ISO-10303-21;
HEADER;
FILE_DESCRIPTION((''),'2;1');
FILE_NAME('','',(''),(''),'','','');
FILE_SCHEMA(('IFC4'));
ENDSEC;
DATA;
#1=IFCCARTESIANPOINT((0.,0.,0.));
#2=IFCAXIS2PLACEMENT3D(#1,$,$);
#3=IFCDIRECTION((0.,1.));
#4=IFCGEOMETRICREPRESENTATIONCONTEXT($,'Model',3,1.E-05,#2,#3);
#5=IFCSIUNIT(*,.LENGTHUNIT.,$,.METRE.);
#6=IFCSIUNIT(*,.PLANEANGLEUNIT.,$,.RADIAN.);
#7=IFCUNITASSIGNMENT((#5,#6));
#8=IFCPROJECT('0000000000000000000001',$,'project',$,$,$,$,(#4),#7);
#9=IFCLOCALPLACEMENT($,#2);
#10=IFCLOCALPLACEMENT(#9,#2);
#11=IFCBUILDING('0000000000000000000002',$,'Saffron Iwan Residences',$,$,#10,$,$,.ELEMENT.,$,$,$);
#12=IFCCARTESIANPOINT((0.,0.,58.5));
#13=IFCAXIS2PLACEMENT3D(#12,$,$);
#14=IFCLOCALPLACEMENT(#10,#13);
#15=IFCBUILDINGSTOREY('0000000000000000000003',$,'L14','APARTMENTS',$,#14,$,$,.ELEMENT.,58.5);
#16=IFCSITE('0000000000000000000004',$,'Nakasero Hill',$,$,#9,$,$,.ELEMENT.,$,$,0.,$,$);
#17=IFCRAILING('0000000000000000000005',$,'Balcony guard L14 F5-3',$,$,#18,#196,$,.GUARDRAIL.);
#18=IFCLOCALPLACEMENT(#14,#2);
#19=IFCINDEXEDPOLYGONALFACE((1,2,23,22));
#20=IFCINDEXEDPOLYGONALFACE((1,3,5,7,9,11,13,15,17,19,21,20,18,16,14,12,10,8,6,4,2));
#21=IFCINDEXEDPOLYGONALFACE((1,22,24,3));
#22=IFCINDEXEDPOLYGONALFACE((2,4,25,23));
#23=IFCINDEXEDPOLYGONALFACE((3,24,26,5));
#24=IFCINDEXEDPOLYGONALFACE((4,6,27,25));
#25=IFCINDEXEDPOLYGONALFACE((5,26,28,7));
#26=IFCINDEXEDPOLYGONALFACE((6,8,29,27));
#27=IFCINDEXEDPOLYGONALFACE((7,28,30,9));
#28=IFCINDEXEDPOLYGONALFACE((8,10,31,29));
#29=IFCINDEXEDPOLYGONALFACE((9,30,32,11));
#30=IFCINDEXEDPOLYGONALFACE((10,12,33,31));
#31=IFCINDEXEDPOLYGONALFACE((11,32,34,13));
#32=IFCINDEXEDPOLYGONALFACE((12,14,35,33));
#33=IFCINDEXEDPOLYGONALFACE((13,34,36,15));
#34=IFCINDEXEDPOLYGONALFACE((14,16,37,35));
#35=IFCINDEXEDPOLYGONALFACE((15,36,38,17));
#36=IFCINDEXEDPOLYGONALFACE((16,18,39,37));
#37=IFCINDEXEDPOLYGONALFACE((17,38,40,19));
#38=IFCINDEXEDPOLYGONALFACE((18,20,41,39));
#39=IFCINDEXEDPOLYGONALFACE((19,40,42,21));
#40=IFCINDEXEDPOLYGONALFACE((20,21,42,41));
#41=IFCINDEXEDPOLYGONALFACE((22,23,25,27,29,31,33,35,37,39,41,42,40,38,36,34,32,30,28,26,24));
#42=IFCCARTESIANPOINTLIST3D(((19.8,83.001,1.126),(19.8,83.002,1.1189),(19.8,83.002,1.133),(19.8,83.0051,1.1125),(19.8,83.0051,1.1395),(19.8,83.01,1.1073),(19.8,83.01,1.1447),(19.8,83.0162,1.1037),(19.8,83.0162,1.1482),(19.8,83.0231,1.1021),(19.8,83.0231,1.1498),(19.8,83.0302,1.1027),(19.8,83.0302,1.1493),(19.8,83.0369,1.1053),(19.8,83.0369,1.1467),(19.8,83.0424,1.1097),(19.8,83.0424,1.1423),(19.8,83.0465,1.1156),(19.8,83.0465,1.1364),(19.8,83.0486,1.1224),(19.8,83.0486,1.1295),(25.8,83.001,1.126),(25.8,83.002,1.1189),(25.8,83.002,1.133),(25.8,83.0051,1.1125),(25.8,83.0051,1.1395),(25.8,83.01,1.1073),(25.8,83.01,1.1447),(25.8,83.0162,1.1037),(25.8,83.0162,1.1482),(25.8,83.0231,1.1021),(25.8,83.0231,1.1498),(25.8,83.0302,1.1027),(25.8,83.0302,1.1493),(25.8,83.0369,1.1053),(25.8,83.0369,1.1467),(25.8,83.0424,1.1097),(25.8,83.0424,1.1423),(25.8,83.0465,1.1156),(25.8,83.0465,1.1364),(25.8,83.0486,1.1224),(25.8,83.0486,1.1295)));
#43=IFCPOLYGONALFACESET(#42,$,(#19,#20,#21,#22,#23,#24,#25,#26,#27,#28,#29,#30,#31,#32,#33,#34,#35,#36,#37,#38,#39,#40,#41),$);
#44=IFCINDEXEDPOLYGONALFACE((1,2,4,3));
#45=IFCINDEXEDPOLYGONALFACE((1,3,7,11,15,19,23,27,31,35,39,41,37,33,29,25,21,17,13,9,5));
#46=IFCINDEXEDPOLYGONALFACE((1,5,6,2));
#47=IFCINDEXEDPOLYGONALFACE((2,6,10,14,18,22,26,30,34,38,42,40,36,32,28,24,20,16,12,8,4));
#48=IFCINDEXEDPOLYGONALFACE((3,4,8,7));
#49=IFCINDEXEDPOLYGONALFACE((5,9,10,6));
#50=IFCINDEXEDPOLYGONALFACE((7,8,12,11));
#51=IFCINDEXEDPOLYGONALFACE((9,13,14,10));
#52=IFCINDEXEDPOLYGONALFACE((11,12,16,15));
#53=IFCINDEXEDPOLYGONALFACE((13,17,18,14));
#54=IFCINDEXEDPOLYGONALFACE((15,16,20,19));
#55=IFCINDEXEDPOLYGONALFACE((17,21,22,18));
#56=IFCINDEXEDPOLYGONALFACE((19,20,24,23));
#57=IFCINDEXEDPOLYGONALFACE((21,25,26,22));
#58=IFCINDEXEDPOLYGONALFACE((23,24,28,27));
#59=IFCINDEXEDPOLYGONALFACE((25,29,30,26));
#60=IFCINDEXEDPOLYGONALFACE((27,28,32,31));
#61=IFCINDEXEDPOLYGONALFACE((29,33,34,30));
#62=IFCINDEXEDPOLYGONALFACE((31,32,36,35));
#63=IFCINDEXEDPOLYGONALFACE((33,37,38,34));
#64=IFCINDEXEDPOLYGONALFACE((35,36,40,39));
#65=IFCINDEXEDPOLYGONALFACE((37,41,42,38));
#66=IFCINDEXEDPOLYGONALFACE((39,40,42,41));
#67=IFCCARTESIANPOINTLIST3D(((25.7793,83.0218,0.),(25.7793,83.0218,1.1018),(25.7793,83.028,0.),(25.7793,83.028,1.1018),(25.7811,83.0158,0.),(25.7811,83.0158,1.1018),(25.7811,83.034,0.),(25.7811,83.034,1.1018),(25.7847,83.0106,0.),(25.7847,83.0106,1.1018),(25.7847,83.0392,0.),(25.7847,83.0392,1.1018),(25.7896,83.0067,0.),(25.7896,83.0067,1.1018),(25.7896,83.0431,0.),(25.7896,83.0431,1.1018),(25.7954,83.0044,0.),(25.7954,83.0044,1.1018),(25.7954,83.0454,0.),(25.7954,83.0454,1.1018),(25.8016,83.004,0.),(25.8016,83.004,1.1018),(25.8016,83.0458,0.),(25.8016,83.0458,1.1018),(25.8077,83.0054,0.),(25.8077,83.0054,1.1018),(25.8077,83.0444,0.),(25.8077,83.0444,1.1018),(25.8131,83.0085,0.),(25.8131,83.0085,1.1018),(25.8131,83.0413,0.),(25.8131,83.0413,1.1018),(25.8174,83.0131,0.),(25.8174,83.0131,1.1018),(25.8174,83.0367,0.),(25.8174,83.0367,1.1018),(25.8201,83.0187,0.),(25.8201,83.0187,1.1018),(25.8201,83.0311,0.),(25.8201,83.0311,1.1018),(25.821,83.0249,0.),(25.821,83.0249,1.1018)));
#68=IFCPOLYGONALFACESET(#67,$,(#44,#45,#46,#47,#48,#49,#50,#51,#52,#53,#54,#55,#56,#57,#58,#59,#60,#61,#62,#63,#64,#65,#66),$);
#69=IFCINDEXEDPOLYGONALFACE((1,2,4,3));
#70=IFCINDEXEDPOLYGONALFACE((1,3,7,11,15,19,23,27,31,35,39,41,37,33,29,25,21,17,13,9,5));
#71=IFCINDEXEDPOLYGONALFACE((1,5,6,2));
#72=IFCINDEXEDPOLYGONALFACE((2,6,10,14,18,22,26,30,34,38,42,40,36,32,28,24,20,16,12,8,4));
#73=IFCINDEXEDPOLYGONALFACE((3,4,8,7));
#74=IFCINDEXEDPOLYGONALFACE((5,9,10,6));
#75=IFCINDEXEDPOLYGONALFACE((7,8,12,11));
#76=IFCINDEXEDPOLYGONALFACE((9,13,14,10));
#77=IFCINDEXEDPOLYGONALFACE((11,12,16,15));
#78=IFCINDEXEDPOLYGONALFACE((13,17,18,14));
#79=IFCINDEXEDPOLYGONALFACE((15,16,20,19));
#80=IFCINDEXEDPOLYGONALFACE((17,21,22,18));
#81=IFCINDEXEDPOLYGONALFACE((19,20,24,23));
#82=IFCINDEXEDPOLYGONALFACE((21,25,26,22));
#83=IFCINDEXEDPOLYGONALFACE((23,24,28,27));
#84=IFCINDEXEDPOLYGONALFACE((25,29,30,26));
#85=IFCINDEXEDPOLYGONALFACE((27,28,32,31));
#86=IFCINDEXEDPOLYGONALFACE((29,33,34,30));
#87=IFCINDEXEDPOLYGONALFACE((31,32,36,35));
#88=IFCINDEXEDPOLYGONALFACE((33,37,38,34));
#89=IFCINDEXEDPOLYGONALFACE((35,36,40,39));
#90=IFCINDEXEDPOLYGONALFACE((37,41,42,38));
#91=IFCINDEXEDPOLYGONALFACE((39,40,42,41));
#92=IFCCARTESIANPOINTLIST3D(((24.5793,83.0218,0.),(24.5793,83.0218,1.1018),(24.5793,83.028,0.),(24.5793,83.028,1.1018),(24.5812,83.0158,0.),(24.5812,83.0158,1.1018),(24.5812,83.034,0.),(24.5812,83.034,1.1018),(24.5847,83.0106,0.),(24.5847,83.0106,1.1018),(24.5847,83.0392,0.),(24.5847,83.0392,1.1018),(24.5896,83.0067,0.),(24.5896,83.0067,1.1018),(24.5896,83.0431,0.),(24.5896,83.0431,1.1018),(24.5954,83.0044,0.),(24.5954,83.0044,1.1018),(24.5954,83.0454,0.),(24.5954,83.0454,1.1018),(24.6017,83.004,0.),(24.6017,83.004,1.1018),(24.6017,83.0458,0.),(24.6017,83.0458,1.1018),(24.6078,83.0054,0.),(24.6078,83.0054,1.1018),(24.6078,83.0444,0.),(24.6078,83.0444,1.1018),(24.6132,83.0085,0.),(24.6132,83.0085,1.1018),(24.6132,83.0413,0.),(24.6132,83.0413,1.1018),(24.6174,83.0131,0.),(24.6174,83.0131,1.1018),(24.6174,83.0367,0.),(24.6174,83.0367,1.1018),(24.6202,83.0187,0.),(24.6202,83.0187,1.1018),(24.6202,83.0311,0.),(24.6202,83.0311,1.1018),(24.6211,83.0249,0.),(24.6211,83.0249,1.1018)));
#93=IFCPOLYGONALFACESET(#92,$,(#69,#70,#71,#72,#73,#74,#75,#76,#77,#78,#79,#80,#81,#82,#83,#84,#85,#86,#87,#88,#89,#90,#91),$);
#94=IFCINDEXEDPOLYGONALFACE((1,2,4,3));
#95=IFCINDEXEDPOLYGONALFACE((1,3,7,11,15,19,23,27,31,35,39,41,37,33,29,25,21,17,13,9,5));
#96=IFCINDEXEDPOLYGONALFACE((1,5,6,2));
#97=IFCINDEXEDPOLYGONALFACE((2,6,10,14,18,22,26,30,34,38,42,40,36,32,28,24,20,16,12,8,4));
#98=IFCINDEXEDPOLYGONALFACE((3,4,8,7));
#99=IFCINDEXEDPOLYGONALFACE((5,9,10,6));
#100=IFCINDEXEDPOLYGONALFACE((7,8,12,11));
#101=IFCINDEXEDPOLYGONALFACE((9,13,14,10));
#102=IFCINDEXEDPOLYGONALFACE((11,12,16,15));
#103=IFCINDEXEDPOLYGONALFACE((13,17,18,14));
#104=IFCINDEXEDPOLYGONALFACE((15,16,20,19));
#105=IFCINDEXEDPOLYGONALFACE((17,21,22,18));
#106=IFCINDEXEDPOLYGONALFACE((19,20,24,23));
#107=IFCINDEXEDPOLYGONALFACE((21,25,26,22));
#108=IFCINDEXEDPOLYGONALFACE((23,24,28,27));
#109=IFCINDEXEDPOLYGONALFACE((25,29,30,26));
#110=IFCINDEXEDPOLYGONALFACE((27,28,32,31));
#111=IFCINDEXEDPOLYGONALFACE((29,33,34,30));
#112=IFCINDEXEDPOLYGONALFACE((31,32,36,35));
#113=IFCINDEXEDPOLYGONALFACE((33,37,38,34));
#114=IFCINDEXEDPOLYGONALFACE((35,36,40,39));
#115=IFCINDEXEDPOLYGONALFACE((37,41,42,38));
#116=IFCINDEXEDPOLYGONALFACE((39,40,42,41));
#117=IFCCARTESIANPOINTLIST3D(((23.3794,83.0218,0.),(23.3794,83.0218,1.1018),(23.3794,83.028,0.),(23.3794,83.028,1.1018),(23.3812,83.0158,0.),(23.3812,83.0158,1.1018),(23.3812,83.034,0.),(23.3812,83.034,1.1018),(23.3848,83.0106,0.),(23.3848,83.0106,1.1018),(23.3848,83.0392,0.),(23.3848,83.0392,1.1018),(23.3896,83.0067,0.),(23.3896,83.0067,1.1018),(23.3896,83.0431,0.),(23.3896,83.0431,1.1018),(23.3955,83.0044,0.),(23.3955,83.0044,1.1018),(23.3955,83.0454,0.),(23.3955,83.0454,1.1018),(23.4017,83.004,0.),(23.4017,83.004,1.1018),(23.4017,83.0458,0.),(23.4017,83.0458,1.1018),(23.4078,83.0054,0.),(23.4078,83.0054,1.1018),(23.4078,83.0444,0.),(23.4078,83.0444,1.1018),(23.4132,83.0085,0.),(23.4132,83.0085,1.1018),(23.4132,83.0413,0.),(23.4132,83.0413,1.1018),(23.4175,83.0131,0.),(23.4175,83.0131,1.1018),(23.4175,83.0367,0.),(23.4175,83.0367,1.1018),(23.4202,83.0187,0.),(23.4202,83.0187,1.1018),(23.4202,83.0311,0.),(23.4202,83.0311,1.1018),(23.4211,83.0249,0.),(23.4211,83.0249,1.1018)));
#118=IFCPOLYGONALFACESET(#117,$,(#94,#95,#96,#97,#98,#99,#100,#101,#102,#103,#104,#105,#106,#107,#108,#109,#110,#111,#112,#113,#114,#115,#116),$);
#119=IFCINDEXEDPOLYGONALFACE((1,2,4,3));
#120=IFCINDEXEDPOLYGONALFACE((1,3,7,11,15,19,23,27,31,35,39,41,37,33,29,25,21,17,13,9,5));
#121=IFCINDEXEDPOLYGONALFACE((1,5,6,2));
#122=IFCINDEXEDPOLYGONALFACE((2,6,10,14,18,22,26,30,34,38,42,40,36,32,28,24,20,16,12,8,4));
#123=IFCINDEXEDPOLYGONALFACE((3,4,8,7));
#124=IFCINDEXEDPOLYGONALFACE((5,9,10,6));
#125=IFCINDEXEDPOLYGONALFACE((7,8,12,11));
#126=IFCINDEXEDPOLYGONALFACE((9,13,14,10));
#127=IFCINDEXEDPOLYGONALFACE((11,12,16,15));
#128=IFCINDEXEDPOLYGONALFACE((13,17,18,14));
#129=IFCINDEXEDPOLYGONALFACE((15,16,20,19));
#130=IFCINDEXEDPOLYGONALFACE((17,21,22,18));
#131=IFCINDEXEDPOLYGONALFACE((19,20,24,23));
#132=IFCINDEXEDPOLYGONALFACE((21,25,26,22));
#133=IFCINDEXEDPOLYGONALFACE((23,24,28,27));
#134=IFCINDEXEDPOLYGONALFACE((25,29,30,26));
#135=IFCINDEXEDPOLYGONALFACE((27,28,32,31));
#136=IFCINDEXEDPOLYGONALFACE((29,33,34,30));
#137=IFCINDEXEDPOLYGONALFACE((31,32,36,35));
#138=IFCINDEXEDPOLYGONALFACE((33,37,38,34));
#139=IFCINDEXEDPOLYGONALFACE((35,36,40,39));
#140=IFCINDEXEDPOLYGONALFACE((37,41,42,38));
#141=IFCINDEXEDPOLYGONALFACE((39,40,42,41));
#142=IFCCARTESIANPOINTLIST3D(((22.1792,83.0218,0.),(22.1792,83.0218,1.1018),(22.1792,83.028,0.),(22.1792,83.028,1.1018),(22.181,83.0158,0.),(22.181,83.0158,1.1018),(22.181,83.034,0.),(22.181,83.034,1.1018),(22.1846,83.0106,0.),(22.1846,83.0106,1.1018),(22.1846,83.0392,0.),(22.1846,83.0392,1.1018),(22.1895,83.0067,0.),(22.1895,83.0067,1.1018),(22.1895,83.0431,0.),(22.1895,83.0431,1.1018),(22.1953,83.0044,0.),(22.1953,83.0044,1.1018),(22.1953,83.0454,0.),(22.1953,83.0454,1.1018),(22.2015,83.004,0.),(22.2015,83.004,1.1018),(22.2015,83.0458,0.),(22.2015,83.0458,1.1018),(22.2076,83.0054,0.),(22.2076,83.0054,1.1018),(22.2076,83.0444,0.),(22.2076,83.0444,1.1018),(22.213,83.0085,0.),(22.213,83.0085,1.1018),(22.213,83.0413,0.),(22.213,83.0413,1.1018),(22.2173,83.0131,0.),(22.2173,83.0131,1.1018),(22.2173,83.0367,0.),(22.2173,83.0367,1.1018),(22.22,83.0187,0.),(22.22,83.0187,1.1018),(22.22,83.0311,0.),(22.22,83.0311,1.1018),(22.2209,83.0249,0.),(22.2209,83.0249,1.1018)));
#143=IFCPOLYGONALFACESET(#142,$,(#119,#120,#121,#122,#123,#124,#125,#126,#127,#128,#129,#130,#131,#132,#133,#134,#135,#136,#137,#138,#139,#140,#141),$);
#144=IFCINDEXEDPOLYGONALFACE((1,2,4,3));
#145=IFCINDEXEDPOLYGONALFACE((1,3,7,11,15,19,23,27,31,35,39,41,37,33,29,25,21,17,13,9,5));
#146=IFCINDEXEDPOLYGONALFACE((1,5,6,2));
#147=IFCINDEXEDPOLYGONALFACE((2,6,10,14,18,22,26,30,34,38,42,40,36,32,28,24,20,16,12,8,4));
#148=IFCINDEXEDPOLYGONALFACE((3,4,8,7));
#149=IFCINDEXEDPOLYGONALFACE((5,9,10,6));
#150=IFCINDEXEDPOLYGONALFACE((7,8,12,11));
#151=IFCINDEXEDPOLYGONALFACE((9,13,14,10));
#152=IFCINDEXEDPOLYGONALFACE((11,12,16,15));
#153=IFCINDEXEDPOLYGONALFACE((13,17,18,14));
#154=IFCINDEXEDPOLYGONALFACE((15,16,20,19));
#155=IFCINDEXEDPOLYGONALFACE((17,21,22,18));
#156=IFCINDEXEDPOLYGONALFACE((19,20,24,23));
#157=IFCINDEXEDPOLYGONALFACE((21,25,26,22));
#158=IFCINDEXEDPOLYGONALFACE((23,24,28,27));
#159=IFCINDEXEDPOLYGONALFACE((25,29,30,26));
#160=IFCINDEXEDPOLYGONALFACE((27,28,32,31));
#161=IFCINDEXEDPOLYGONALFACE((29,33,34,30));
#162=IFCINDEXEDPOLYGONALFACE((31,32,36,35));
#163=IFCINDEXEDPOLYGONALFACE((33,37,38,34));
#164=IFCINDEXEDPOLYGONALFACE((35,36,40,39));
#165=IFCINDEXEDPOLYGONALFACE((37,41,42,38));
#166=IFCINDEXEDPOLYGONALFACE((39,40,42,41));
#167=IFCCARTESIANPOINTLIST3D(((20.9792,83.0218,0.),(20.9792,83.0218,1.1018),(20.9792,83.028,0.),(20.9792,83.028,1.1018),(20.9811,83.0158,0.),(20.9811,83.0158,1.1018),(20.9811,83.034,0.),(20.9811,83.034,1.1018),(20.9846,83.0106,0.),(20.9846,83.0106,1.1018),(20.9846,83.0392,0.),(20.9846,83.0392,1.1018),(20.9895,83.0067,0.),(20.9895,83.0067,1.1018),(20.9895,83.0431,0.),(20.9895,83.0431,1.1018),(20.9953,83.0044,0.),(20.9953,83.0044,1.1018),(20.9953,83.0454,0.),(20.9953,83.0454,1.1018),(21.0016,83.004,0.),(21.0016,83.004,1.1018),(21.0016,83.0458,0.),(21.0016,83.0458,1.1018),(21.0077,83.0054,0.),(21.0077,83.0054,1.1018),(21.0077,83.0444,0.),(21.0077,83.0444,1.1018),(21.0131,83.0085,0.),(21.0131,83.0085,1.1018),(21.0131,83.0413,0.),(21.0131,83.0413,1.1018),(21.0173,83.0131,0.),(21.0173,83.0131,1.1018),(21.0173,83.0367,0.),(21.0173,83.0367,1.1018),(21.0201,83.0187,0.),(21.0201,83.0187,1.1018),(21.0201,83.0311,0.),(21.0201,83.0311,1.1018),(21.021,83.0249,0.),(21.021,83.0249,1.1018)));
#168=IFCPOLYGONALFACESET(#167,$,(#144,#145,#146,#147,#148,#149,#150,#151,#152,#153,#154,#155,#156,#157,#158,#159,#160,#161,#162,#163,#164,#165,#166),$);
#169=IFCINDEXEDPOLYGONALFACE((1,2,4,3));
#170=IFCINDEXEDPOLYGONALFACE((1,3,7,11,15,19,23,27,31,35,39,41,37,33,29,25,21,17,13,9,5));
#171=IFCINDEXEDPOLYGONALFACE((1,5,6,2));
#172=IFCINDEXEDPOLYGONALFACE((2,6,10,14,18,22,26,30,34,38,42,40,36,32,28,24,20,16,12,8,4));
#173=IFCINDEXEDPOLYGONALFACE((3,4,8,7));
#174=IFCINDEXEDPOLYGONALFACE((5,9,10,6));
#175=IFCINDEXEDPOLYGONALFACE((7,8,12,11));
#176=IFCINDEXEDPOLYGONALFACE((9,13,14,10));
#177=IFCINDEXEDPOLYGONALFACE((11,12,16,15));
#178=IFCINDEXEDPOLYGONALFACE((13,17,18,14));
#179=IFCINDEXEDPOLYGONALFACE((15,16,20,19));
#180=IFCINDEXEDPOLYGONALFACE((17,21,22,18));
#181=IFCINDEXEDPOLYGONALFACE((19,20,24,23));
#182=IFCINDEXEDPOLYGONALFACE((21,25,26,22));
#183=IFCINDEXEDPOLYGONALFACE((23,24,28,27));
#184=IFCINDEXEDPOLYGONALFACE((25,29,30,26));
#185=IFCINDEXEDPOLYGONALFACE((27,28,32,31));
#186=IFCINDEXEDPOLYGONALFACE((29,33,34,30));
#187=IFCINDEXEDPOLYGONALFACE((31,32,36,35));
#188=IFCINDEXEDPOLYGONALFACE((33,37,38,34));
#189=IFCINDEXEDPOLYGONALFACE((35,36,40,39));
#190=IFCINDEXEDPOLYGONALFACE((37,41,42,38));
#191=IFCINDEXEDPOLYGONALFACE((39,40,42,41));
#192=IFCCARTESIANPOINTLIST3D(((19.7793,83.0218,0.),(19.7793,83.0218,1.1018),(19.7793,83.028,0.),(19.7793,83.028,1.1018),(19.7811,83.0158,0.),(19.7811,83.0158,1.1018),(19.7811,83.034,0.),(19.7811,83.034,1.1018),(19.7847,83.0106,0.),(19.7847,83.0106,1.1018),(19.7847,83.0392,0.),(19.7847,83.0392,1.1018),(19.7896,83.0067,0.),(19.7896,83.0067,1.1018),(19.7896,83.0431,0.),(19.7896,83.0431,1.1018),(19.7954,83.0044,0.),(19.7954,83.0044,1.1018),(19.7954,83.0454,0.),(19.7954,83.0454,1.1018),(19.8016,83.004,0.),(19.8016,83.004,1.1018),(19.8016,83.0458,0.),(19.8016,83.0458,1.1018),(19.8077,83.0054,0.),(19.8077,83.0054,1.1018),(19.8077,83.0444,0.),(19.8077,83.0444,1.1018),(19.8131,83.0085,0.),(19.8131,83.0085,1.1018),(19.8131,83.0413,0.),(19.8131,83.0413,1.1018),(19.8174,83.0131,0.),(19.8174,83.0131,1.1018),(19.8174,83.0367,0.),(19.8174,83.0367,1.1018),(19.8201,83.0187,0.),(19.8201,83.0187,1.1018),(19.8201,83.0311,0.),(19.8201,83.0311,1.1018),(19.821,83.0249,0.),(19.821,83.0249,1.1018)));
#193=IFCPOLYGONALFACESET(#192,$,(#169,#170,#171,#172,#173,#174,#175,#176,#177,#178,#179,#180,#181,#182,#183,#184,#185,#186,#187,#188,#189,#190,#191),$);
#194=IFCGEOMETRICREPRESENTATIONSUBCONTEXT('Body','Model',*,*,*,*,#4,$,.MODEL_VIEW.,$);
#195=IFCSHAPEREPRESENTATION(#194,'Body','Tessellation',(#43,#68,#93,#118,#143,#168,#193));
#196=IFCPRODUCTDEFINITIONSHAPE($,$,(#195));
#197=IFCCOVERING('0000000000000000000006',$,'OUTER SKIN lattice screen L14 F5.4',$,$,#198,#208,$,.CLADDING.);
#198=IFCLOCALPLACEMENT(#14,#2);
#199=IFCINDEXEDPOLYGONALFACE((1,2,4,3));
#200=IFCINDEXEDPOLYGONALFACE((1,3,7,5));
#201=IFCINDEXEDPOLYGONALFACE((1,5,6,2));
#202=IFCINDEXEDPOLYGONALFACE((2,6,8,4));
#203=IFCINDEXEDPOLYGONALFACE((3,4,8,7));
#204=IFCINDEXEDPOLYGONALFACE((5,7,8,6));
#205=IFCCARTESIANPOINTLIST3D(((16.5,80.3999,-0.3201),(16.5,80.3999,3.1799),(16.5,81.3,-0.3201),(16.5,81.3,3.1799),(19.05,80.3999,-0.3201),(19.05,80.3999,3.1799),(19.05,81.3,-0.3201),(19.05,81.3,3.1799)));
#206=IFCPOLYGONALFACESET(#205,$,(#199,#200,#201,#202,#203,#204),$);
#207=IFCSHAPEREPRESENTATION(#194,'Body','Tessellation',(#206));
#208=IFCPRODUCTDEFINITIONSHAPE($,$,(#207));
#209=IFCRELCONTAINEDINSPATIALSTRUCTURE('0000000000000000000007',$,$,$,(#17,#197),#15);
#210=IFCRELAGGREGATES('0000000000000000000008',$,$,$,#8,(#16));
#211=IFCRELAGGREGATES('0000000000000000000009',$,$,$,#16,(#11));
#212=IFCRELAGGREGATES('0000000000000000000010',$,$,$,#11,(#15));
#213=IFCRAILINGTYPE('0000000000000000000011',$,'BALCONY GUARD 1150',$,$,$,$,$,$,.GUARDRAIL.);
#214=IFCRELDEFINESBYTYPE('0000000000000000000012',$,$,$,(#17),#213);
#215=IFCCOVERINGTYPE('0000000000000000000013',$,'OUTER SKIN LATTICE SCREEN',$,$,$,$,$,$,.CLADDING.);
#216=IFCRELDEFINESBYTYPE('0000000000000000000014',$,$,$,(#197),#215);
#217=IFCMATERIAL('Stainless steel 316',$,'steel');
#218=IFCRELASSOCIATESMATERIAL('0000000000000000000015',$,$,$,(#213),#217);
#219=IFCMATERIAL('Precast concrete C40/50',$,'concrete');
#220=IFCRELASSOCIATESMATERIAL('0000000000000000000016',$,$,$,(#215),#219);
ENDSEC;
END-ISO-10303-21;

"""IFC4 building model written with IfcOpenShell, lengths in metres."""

from ifc_helpers import new_model, si_unit, direction, frame, origin, origin_2d, place, context, subcontext, project, spatial, polyline, circle, outline, extrude, material, type_object, element, save


model = new_model("IFC4")

# Units and contexts
model_context = context("Model", 3, precision=1e-05, world=origin(), true_north=direction((0.0, 1.0)))
body_context = subcontext(model_context, "Body", "Model", "MODEL_VIEW")
ifc_project = project(units=[si_unit("LENGTHUNIT", "METRE"), si_unit("PLANEANGLEUNIT", "RADIAN")], contexts=[model_context])

# Site, building, storey
site_placement = place(None, origin())
site = spatial("IfcSite", under=ifc_project, at=site_placement, Name="Nakasero Hill", CompositionType="ELEMENT", RefElevation=0.0)
building_placement = place(site_placement, origin())
building = spatial("IfcBuilding", under=site, at=building_placement, Name="Saffron Iwan Residences", CompositionType="ELEMENT")
storey_placement = place(building_placement, frame((0.0, 0.0, 58.5)))
storey = spatial("IfcBuildingStorey", under=building, at=storey_placement, Name="L14", Description="APARTMENTS", CompositionType="ELEMENT", Elevation=58.5)

# Railing
ifc_material_1 = material(Name="Stainless steel 316", Category="steel")
railing_type = type_object("IfcRailingType", Name="BALCONY GUARD 1150", PredefinedType="GUARDRAIL", material=ifc_material_1)
railing_placement = place(storey_placement, frame((25.8, 83.0249, 0.0)))
element("IfcRailing", 1, at=railing_placement, inside=storey, type_object=railing_type, Name="Balcony guard L14 F5-3", PredefinedType="GUARDRAIL", context=body_context, shape_type="SweptSolid", body=[
    extrude(circle(Radius=0.0239, at=origin_2d()), frame((0.0, 0.0, 1.126), z_axis=(-1.0, 0.0, 0.0), x_axis=(0.0, -1.0, 0.0)), (0.0, 0.0, 1.0), 6.0),
    extrude(circle(Radius=0.021, at=origin_2d()), origin(), (0.0, 0.0, 1.0), 1.1018),
    extrude(circle(Radius=0.021, at=origin_2d()), frame((-1.2, 0.0, 0.0)), (0.0, 0.0, 1.0), 1.1018),
    extrude(circle(Radius=0.021, at=origin_2d()), frame((-2.3999, 0.0, 0.0)), (0.0, 0.0, 1.0), 1.1018),
    extrude(circle(Radius=0.021, at=origin_2d()), frame((-3.6001, 0.0, 0.0)), (0.0, 0.0, 1.0), 1.1018),
    extrude(circle(Radius=0.021, at=origin_2d()), frame((-4.8, 0.0, 0.0)), (0.0, 0.0, 1.0), 1.1018),
    extrude(circle(Radius=0.021, at=origin_2d()), frame((-6.0, 0.0, 0.0)), (0.0, 0.0, 1.0), 1.1018),
])

# Covering
ifc_material_2 = material(Name="Precast concrete C40/50", Category="concrete")
covering_type_1 = type_object("IfcCoveringType", Name="OUTER SKIN LATTICE SCREEN", PredefinedType="CLADDING", material=ifc_material_2)
covering_1_placement = place(storey_placement, frame((19.05, 80.3999, -0.3201), z_axis=(0.0, 1.0, 0.0), x_axis=(-1.0, 0.0, 0.0)))
element("IfcCovering", 2, at=covering_1_placement, inside=storey, type_object=covering_type_1, Name="OUTER SKIN lattice screen L14 F5.4", PredefinedType="CLADDING", context=body_context, shape_type="SweptSolid", body=[
    extrude(outline(polyline([(0.0, 0.0), (2.55, 0.0), (2.55, 3.5), (0.0, 3.5), (0.0, 0.0)])), origin(), (0.0, 0.0, 1.0), 0.9001),
])

save(model, "model.ifc")
